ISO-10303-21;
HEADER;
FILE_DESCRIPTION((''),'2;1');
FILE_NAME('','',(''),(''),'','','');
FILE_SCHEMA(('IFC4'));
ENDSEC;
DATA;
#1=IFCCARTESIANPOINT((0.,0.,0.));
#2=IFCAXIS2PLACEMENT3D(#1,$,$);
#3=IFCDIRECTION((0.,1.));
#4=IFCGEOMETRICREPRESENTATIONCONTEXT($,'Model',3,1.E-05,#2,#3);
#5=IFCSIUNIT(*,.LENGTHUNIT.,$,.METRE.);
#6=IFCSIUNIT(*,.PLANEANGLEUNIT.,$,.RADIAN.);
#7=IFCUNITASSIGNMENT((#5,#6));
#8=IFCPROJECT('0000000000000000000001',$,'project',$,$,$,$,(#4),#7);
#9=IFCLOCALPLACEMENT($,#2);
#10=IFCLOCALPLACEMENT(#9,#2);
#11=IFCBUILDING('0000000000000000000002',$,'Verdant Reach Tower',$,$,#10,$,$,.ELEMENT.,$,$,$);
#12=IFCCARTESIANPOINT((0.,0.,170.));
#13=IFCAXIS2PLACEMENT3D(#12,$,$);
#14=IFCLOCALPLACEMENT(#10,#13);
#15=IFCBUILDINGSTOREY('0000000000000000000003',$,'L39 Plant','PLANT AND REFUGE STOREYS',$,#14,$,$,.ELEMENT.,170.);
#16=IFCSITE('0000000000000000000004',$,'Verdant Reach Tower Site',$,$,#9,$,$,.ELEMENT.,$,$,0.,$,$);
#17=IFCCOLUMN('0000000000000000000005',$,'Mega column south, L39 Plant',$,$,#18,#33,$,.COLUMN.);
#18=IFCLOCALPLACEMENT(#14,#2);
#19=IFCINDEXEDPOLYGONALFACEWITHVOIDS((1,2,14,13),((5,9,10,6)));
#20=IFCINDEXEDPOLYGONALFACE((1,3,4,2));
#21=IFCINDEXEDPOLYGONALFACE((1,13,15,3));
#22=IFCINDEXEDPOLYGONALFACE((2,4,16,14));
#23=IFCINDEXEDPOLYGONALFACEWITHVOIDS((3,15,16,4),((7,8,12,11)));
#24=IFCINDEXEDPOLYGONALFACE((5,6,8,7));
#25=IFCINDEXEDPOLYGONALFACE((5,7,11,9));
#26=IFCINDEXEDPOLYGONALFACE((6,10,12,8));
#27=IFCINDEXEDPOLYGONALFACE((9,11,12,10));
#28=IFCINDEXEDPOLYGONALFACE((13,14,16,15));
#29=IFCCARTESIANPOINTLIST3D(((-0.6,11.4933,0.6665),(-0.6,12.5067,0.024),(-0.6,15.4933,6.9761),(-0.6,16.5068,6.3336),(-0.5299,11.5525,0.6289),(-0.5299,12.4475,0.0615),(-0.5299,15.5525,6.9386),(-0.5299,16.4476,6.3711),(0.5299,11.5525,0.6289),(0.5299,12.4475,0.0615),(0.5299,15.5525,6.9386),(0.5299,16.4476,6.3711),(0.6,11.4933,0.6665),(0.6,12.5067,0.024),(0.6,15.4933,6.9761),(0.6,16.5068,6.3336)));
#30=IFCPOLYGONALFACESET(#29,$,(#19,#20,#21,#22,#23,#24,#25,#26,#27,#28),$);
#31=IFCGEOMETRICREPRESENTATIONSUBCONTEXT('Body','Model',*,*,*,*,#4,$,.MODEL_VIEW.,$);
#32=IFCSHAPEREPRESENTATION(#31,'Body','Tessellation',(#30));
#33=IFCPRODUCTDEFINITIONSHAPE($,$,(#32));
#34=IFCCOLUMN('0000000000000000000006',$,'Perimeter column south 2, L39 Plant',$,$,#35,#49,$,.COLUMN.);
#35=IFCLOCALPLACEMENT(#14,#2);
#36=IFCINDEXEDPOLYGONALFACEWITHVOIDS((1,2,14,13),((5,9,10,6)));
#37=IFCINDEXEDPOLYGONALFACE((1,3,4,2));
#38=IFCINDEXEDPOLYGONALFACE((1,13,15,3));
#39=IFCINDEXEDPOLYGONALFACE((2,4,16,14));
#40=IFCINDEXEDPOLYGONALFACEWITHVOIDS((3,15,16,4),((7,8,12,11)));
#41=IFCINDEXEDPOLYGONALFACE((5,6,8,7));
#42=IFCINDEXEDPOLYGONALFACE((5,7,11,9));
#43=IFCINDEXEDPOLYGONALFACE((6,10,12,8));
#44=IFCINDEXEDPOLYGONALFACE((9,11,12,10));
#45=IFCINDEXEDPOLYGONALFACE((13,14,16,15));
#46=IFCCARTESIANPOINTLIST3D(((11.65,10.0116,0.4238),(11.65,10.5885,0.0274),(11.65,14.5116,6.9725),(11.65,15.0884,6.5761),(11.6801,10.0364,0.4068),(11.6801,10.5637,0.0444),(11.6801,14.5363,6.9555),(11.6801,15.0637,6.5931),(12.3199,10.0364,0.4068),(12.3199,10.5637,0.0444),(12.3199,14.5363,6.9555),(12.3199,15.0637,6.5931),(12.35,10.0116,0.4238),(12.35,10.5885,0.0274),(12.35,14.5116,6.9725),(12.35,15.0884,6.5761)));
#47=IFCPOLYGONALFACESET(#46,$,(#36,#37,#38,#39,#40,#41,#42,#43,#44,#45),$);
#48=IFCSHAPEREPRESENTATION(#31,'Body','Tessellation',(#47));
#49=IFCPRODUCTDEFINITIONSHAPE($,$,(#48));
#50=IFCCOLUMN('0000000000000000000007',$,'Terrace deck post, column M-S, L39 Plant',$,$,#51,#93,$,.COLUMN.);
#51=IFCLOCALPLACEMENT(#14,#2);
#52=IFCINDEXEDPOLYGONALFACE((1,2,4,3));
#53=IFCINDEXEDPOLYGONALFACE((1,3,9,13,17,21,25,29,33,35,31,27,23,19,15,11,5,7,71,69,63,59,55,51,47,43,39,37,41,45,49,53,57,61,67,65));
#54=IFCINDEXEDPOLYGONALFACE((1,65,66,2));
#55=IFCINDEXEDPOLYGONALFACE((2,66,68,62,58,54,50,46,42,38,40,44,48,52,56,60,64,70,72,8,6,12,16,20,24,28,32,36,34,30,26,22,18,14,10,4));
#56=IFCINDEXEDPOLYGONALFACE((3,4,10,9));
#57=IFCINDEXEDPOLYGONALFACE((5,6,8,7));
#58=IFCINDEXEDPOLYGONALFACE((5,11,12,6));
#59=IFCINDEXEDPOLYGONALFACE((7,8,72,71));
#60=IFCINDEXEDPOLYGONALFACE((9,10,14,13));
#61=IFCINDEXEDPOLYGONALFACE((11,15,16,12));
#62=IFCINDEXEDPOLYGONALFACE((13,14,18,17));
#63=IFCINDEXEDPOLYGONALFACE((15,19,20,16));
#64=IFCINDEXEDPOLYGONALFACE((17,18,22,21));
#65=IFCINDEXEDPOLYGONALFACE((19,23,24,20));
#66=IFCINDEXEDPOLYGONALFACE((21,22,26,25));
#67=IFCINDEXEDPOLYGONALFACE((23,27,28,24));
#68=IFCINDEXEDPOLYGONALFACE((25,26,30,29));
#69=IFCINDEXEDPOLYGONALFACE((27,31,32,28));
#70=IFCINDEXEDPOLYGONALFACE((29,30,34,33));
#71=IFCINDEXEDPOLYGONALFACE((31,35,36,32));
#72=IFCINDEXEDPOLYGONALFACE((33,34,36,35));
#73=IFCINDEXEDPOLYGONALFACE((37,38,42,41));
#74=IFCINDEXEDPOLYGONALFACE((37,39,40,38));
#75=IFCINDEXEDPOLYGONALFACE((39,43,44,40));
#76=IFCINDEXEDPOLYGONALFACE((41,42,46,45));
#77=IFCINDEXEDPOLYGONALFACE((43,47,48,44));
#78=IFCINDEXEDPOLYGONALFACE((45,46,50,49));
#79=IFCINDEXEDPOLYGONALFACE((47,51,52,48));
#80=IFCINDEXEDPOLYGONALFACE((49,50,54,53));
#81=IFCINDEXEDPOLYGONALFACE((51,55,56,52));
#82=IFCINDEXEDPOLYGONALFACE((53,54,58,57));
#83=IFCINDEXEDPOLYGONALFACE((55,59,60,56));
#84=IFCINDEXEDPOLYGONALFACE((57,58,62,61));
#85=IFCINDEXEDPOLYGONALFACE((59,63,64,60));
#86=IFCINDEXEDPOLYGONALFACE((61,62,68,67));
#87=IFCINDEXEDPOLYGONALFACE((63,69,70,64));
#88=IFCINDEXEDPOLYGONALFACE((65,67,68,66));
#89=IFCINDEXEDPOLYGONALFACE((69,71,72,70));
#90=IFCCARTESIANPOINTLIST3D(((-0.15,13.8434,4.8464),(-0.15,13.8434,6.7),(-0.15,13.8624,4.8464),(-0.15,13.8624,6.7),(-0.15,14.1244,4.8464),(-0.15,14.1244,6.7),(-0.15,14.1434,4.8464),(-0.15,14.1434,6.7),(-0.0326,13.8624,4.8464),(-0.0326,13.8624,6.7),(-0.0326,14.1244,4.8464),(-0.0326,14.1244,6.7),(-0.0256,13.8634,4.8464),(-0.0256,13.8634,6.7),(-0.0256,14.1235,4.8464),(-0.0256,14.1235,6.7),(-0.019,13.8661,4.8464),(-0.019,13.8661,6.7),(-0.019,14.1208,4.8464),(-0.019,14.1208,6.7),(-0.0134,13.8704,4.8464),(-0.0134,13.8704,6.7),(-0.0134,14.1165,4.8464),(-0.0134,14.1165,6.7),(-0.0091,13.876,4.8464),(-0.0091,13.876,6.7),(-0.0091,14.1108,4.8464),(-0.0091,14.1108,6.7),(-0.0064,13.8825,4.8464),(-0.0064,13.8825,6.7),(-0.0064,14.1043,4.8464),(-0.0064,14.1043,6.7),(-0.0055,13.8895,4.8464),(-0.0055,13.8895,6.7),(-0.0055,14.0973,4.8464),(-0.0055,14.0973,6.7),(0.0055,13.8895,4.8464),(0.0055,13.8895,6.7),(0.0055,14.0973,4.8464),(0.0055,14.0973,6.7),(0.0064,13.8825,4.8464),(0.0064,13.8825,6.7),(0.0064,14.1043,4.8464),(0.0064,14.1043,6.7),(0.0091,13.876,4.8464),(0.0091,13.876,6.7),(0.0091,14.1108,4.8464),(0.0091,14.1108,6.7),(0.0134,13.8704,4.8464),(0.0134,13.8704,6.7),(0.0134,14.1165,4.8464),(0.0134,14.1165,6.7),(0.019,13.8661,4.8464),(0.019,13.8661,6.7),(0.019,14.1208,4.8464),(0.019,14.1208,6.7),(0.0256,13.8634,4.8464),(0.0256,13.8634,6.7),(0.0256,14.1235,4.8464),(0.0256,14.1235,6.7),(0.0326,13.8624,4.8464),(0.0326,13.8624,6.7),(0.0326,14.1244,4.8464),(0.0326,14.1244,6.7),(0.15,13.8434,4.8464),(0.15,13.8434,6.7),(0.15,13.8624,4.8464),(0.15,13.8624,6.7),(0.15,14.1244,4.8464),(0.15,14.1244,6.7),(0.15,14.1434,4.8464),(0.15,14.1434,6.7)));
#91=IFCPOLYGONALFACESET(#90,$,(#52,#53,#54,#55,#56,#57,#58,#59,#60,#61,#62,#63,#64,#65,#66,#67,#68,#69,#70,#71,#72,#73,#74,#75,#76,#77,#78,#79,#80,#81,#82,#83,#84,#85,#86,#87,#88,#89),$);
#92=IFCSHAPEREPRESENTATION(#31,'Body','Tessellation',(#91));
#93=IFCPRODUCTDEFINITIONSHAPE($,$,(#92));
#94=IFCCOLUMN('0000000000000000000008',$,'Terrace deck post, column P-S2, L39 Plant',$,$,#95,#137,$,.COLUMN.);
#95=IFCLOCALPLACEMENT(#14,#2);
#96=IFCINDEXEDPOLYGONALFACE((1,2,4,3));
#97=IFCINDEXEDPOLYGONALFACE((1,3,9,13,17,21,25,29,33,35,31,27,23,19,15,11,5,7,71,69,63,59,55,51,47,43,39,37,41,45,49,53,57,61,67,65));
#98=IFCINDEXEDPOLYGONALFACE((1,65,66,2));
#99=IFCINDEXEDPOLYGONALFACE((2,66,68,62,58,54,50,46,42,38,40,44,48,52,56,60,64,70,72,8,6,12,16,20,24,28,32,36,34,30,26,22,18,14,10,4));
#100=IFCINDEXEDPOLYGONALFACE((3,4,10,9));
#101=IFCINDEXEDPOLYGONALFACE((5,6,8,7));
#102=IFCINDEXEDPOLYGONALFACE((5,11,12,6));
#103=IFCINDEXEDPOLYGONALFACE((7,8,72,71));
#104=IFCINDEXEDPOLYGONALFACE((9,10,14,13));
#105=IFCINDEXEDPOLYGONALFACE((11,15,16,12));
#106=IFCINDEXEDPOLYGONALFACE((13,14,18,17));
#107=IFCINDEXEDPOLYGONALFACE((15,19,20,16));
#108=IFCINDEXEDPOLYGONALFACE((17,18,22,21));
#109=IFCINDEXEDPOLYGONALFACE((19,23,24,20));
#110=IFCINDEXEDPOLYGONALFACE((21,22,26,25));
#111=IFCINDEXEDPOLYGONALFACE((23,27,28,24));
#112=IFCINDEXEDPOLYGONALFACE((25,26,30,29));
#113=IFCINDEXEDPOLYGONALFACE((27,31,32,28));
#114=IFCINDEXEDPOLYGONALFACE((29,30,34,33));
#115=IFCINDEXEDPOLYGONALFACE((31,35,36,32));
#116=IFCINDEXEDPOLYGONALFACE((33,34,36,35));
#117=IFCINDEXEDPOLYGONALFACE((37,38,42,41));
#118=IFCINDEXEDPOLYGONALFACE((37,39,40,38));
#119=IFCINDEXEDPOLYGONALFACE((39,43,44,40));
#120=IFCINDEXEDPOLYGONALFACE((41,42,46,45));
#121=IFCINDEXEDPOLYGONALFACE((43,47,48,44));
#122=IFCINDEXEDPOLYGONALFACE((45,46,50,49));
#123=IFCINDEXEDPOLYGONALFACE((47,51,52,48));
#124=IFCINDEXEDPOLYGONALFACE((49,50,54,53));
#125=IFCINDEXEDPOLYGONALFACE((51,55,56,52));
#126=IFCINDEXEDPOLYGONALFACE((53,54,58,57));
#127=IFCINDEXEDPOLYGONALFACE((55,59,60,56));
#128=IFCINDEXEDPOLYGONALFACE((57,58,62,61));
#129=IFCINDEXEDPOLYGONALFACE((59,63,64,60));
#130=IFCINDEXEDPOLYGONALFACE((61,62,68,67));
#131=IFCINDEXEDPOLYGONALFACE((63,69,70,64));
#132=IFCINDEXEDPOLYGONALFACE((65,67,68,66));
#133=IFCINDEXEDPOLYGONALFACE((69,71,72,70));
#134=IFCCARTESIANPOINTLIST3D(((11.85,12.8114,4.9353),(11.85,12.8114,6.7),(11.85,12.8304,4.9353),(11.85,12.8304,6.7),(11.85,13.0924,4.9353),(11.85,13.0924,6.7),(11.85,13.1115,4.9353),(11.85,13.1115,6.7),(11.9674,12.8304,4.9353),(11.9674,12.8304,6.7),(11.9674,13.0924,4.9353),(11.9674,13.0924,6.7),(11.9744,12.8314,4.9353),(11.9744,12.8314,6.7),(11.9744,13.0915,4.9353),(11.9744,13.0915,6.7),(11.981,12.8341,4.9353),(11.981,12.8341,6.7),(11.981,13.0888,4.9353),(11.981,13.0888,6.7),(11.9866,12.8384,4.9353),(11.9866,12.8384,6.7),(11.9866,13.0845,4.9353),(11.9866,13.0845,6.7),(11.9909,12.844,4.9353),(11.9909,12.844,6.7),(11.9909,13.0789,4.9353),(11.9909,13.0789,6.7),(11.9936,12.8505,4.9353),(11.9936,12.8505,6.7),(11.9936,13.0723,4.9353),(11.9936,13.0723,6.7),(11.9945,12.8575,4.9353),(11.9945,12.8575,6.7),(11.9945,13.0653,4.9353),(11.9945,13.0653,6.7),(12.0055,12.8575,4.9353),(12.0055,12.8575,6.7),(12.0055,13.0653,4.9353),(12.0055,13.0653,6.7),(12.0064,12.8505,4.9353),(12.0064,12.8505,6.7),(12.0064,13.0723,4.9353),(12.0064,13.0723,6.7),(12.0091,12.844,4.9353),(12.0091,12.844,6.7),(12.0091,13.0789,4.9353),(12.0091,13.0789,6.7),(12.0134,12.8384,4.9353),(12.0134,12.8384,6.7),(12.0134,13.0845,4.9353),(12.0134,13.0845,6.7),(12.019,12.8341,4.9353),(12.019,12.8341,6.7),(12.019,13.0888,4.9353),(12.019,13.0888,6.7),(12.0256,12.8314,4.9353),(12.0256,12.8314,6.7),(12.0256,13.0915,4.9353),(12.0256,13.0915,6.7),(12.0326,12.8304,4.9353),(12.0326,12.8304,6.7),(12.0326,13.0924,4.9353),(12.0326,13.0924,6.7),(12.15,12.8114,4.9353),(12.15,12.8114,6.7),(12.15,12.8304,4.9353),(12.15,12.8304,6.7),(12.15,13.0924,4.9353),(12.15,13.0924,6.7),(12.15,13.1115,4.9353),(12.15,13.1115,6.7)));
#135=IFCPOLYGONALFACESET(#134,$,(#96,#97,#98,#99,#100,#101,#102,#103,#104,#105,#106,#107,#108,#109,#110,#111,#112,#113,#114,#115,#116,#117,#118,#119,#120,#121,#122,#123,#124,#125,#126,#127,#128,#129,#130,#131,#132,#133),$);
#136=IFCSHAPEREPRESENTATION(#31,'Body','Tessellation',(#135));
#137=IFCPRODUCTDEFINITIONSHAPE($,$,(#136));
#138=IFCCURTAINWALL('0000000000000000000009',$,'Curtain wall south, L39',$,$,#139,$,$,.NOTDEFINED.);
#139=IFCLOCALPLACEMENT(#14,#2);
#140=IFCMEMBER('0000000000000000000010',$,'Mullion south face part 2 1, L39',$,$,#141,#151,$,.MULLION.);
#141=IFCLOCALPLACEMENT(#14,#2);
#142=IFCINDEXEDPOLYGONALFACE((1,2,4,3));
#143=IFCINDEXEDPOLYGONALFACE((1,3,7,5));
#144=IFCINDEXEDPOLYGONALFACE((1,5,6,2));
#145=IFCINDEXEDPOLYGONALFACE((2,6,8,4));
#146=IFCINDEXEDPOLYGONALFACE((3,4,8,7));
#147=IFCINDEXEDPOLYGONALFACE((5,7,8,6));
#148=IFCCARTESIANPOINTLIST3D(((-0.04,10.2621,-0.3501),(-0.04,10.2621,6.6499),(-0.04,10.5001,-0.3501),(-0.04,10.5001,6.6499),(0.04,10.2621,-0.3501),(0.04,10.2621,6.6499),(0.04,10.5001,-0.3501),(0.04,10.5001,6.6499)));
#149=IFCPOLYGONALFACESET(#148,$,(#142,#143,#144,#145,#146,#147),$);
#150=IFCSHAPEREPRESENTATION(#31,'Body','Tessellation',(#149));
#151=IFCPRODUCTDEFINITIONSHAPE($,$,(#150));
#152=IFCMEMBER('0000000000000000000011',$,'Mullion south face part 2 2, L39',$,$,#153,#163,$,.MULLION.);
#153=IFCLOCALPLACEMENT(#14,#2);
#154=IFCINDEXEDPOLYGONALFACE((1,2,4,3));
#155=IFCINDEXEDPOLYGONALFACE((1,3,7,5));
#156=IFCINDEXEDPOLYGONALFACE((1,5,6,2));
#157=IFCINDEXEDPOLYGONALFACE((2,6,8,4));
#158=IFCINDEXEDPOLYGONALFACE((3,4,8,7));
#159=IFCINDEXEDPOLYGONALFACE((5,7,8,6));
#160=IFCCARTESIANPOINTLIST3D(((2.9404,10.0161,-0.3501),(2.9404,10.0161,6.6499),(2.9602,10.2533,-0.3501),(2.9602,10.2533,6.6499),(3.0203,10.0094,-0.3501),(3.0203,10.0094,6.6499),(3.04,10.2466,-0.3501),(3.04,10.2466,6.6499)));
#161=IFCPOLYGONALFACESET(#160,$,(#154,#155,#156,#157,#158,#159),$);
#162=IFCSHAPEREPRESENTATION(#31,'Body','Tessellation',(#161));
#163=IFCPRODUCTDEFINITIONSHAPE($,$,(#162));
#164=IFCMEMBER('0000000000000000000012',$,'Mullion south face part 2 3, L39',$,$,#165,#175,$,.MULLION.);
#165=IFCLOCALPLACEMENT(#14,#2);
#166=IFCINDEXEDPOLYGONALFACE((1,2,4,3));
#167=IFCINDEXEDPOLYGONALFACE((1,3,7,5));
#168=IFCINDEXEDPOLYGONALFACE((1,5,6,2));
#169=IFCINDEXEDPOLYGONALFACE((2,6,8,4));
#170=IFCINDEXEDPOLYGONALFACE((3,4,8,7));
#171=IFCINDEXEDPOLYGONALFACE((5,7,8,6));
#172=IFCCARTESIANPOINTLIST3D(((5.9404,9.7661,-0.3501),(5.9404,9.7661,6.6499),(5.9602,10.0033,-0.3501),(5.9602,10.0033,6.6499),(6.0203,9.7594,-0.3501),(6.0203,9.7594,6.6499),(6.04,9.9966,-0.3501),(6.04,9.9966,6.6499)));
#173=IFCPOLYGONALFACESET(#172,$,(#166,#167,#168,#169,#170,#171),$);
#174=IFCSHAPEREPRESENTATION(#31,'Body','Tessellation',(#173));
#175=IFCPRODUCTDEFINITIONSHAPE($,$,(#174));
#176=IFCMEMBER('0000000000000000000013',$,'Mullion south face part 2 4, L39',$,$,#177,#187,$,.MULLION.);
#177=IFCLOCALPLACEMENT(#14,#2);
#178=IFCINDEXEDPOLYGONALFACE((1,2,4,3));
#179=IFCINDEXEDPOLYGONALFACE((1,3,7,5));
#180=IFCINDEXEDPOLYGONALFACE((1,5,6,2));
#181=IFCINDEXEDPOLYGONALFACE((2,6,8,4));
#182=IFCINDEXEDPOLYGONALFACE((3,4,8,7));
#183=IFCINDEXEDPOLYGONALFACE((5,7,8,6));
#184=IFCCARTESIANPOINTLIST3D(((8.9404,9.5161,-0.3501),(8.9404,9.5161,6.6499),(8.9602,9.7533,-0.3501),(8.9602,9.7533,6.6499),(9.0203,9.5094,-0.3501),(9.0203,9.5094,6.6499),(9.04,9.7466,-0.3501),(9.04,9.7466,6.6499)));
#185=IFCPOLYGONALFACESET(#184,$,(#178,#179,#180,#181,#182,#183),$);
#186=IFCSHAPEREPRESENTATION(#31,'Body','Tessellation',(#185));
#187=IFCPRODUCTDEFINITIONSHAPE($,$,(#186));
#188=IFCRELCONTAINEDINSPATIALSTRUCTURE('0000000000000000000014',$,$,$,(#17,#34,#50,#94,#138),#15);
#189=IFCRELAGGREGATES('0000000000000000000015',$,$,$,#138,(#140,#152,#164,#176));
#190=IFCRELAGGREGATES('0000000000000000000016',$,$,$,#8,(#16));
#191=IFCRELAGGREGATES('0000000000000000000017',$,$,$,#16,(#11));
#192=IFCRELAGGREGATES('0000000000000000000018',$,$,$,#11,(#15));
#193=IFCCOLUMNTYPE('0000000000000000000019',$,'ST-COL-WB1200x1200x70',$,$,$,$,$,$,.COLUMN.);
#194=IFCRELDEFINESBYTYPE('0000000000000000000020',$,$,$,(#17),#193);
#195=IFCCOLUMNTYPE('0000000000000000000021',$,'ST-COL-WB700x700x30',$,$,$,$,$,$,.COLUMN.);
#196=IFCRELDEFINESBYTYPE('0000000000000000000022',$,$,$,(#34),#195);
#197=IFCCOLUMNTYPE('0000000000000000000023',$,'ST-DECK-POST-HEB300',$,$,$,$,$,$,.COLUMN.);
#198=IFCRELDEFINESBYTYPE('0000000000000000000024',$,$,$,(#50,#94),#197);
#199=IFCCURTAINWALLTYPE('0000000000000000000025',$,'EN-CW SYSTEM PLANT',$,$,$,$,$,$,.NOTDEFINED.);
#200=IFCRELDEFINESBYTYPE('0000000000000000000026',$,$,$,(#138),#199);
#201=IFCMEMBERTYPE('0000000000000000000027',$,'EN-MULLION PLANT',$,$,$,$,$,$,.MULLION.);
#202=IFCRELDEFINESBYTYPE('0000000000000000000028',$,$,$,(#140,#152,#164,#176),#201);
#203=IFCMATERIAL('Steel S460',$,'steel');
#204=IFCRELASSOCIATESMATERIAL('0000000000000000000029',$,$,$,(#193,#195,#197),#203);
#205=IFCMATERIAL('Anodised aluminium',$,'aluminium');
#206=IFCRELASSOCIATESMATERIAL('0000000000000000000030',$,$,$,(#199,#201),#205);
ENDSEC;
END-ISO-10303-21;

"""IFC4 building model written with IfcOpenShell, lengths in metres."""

from ifc_helpers import new_model, si_unit, direction, frame, origin, origin_2d, place, context, subcontext, project, spatial, rectangle, hollow_rectangle, i_section, extrude, material, material_profile, profile_set, type_object, element, aggregate, save


model = new_model("IFC4")

# Units and contexts
model_context = context("Model", 3, precision=1e-05, world=origin(), true_north=direction((0.0, 1.0)))
body_context = subcontext(model_context, "Body", "Model", "MODEL_VIEW")
ifc_project = project(units=[si_unit("LENGTHUNIT", "METRE"), si_unit("PLANEANGLEUNIT", "RADIAN")], contexts=[model_context])

# Site, building, storey
site_placement = place(None, origin())
site = spatial("IfcSite", under=ifc_project, at=site_placement, Name="Verdant Reach Tower Site", CompositionType="ELEMENT", RefElevation=0.0)
building_placement = place(site_placement, origin())
building = spatial("IfcBuilding", under=site, at=building_placement, Name="Verdant Reach Tower", CompositionType="ELEMENT")
storey_placement = place(building_placement, frame((0.0, 0.0, 170.0)))
storey = spatial("IfcBuildingStorey", under=building, at=storey_placement, Name="L39 Plant", Description="PLANT AND REFUGE STOREYS", CompositionType="ELEMENT", Elevation=170.0)

# Columns
ifc_material_1 = material(Name="Steel S460", Category="steel")
ifc_material_profile_1 = material_profile(ifc_material_1, hollow_rectangle(XDim=1.2, YDim=1.2, WallThickness=0.0701, at=origin_2d()), Name="WB 1200x1200x70")
ifc_profile_set_1 = profile_set([ifc_material_profile_1], Name="Steel S460")
column_type_1 = type_object("IfcColumnType", Name="ST-COL-WB1200x1200x70", PredefinedType="COLUMN", material=ifc_profile_set_1)
column_1_placement = place(storey_placement, frame((0.0, 12.0, 0.3452), z_axis=(0.0, 0.535428, 0.844581), x_axis=(-1.0, 0.0, 0.0)))
element("IfcColumn", 1, at=column_1_placement, inside=storey, type_object=column_type_1, Name="Mega column south, L39 Plant", PredefinedType="COLUMN", context=body_context, shape_type="SweptSolid", body=[
    extrude(hollow_rectangle(XDim=1.2, YDim=1.2, WallThickness=0.0701, at=origin_2d()), origin(), (0.0, 0.0, 1.0), 7.4707),
])
ifc_material_profile_2 = material_profile(ifc_material_1, hollow_rectangle(XDim=0.7, YDim=0.7, WallThickness=0.03, at=origin_2d()), Name="WB 700x700x30")
ifc_profile_set_2 = profile_set([ifc_material_profile_2], Name="Steel S460")
column_type_2 = type_object("IfcColumnType", Name="ST-COL-WB700x700x30", PredefinedType="COLUMN", material=ifc_profile_set_2)
column_2_placement = place(storey_placement, frame((12.0, 10.3, 0.2256), z_axis=(0.0, 0.566331, 0.824178), x_axis=(-1.0, 0.0, 0.0)))
element("IfcColumn", 2, at=column_2_placement, inside=storey, type_object=column_type_2, Name="Perimeter column south 2, L39 Plant", PredefinedType="COLUMN", context=body_context, shape_type="SweptSolid", body=[
    extrude(hollow_rectangle(XDim=0.7, YDim=0.7, WallThickness=0.03, at=origin_2d()), origin(), (0.0, 0.0, 1.0), 7.9458),
])
ifc_material_profile_3 = material_profile(ifc_material_1, i_section(OverallWidth=0.3, OverallDepth=0.3, WebThickness=0.011, FlangeThickness=0.019, FilletRadius=0.0271, at=origin_2d()), Name="HEB 300")
ifc_profile_set_3 = profile_set([ifc_material_profile_3], Name="Steel S460")
column_type_3 = type_object("IfcColumnType", Name="ST-DECK-POST-HEB300", PredefinedType="COLUMN", material=ifc_profile_set_3)
column_3_placement = place(storey_placement, frame((0.0, 13.9934, 4.8464), z_axis=(0.0, 0.0, 1.0), x_axis=(1.0, 0.0, 0.0)))
element("IfcColumn", 3, at=column_3_placement, inside=storey, type_object=column_type_3, Name="Terrace deck post, column M-S, L39 Plant", PredefinedType="COLUMN", context=body_context, shape_type="SweptSolid", body=[
    extrude(i_section(OverallWidth=0.3, OverallDepth=0.3, WebThickness=0.011, FlangeThickness=0.019, FilletRadius=0.0271, at=origin_2d()), origin(), (0.0, 0.0, 1.0), 1.8535),
])
column_4_placement = place(storey_placement, frame((12.0, 12.9614, 4.9353), z_axis=(0.0, 0.0, 1.0), x_axis=(1.0, 0.0, 0.0)))
element("IfcColumn", 4, at=column_4_placement, inside=storey, type_object=column_type_3, Name="Terrace deck post, column P-S2, L39 Plant", PredefinedType="COLUMN", context=body_context, shape_type="SweptSolid", body=[
    extrude(i_section(OverallWidth=0.3, OverallDepth=0.3, WebThickness=0.011, FlangeThickness=0.019, FilletRadius=0.0271, at=origin_2d()), origin(), (0.0, 0.0, 1.0), 1.7646),
])

# Curtain wall, members
ifc_material_2 = material(Name="Anodised aluminium", Category="aluminium")
curtain_wall_type = type_object("IfcCurtainWallType", Name="EN-CW SYSTEM PLANT", PredefinedType="NOTDEFINED", material=ifc_material_2)
curtain_wall_placement = place(storey_placement, origin())
curtain_wall = element("IfcCurtainWall", 5, at=curtain_wall_placement, inside=storey, type_object=curtain_wall_type, Name="Curtain wall south, L39", PredefinedType="NOTDEFINED")
ifc_material_profile_4 = material_profile(ifc_material_2, rectangle(XDim=0.238, YDim=0.0801, at=origin_2d()), Name="Mullion 80x240")
ifc_profile_set_4 = profile_set([ifc_material_profile_4], Name="Anodised aluminium")
member_type_1 = type_object("IfcMemberType", Name="EN-MULLION PLANT", PredefinedType="MULLION", material=ifc_profile_set_4)
member_1_placement = place(storey_placement, frame((0.0, 10.3811, -0.3501), z_axis=(0.0, 0.0, 1.0), x_axis=(0.0, -1.0, 0.0)))
member_1 = element("IfcMember", 6, at=member_1_placement, type_object=member_type_1, Name="Mullion south face part 2 1, L39", PredefinedType="MULLION", context=body_context, shape_type="SweptSolid", body=[
    extrude(rectangle(XDim=0.238, YDim=0.0801, at=origin_2d()), origin(), (0.0, 0.0, 1.0), 7.0),
])
member_2_placement = place(storey_placement, frame((2.9902, 10.1313, -0.3501), z_axis=(0.0, 0.0, 1.0), x_axis=(-0.083045, -0.996546, 0.0)))
member_2 = element("IfcMember", 7, at=member_2_placement, type_object=member_type_1, Name="Mullion south face part 2 2, L39", PredefinedType="MULLION", context=body_context, shape_type="SweptSolid", body=[
    extrude(rectangle(XDim=0.238, YDim=0.0801, at=origin_2d()), origin(), (0.0, 0.0, 1.0), 7.0),
])
member_3_placement = place(storey_placement, frame((5.9902, 9.8813, -0.3501), z_axis=(0.0, 0.0, 1.0), x_axis=(-0.083045, -0.996546, 0.0)))
member_3 = element("IfcMember", 8, at=member_3_placement, type_object=member_type_1, Name="Mullion south face part 2 3, L39", PredefinedType="MULLION", context=body_context, shape_type="SweptSolid", body=[
    extrude(rectangle(XDim=0.238, YDim=0.0801, at=origin_2d()), origin(), (0.0, 0.0, 1.0), 7.0),
])
member_4_placement = place(storey_placement, frame((8.9902, 9.6313, -0.3501), z_axis=(0.0, 0.0, 1.0), x_axis=(-0.083045, -0.996546, 0.0)))
member_4 = element("IfcMember", 9, at=member_4_placement, type_object=member_type_1, Name="Mullion south face part 2 4, L39", PredefinedType="MULLION", context=body_context, shape_type="SweptSolid", body=[
    extrude(rectangle(XDim=0.238, YDim=0.0801, at=origin_2d()), origin(), (0.0, 0.0, 1.0), 7.0),
])

aggregate(curtain_wall, [member_1, member_2, member_3, member_4])

save(model, "model.ifc")
